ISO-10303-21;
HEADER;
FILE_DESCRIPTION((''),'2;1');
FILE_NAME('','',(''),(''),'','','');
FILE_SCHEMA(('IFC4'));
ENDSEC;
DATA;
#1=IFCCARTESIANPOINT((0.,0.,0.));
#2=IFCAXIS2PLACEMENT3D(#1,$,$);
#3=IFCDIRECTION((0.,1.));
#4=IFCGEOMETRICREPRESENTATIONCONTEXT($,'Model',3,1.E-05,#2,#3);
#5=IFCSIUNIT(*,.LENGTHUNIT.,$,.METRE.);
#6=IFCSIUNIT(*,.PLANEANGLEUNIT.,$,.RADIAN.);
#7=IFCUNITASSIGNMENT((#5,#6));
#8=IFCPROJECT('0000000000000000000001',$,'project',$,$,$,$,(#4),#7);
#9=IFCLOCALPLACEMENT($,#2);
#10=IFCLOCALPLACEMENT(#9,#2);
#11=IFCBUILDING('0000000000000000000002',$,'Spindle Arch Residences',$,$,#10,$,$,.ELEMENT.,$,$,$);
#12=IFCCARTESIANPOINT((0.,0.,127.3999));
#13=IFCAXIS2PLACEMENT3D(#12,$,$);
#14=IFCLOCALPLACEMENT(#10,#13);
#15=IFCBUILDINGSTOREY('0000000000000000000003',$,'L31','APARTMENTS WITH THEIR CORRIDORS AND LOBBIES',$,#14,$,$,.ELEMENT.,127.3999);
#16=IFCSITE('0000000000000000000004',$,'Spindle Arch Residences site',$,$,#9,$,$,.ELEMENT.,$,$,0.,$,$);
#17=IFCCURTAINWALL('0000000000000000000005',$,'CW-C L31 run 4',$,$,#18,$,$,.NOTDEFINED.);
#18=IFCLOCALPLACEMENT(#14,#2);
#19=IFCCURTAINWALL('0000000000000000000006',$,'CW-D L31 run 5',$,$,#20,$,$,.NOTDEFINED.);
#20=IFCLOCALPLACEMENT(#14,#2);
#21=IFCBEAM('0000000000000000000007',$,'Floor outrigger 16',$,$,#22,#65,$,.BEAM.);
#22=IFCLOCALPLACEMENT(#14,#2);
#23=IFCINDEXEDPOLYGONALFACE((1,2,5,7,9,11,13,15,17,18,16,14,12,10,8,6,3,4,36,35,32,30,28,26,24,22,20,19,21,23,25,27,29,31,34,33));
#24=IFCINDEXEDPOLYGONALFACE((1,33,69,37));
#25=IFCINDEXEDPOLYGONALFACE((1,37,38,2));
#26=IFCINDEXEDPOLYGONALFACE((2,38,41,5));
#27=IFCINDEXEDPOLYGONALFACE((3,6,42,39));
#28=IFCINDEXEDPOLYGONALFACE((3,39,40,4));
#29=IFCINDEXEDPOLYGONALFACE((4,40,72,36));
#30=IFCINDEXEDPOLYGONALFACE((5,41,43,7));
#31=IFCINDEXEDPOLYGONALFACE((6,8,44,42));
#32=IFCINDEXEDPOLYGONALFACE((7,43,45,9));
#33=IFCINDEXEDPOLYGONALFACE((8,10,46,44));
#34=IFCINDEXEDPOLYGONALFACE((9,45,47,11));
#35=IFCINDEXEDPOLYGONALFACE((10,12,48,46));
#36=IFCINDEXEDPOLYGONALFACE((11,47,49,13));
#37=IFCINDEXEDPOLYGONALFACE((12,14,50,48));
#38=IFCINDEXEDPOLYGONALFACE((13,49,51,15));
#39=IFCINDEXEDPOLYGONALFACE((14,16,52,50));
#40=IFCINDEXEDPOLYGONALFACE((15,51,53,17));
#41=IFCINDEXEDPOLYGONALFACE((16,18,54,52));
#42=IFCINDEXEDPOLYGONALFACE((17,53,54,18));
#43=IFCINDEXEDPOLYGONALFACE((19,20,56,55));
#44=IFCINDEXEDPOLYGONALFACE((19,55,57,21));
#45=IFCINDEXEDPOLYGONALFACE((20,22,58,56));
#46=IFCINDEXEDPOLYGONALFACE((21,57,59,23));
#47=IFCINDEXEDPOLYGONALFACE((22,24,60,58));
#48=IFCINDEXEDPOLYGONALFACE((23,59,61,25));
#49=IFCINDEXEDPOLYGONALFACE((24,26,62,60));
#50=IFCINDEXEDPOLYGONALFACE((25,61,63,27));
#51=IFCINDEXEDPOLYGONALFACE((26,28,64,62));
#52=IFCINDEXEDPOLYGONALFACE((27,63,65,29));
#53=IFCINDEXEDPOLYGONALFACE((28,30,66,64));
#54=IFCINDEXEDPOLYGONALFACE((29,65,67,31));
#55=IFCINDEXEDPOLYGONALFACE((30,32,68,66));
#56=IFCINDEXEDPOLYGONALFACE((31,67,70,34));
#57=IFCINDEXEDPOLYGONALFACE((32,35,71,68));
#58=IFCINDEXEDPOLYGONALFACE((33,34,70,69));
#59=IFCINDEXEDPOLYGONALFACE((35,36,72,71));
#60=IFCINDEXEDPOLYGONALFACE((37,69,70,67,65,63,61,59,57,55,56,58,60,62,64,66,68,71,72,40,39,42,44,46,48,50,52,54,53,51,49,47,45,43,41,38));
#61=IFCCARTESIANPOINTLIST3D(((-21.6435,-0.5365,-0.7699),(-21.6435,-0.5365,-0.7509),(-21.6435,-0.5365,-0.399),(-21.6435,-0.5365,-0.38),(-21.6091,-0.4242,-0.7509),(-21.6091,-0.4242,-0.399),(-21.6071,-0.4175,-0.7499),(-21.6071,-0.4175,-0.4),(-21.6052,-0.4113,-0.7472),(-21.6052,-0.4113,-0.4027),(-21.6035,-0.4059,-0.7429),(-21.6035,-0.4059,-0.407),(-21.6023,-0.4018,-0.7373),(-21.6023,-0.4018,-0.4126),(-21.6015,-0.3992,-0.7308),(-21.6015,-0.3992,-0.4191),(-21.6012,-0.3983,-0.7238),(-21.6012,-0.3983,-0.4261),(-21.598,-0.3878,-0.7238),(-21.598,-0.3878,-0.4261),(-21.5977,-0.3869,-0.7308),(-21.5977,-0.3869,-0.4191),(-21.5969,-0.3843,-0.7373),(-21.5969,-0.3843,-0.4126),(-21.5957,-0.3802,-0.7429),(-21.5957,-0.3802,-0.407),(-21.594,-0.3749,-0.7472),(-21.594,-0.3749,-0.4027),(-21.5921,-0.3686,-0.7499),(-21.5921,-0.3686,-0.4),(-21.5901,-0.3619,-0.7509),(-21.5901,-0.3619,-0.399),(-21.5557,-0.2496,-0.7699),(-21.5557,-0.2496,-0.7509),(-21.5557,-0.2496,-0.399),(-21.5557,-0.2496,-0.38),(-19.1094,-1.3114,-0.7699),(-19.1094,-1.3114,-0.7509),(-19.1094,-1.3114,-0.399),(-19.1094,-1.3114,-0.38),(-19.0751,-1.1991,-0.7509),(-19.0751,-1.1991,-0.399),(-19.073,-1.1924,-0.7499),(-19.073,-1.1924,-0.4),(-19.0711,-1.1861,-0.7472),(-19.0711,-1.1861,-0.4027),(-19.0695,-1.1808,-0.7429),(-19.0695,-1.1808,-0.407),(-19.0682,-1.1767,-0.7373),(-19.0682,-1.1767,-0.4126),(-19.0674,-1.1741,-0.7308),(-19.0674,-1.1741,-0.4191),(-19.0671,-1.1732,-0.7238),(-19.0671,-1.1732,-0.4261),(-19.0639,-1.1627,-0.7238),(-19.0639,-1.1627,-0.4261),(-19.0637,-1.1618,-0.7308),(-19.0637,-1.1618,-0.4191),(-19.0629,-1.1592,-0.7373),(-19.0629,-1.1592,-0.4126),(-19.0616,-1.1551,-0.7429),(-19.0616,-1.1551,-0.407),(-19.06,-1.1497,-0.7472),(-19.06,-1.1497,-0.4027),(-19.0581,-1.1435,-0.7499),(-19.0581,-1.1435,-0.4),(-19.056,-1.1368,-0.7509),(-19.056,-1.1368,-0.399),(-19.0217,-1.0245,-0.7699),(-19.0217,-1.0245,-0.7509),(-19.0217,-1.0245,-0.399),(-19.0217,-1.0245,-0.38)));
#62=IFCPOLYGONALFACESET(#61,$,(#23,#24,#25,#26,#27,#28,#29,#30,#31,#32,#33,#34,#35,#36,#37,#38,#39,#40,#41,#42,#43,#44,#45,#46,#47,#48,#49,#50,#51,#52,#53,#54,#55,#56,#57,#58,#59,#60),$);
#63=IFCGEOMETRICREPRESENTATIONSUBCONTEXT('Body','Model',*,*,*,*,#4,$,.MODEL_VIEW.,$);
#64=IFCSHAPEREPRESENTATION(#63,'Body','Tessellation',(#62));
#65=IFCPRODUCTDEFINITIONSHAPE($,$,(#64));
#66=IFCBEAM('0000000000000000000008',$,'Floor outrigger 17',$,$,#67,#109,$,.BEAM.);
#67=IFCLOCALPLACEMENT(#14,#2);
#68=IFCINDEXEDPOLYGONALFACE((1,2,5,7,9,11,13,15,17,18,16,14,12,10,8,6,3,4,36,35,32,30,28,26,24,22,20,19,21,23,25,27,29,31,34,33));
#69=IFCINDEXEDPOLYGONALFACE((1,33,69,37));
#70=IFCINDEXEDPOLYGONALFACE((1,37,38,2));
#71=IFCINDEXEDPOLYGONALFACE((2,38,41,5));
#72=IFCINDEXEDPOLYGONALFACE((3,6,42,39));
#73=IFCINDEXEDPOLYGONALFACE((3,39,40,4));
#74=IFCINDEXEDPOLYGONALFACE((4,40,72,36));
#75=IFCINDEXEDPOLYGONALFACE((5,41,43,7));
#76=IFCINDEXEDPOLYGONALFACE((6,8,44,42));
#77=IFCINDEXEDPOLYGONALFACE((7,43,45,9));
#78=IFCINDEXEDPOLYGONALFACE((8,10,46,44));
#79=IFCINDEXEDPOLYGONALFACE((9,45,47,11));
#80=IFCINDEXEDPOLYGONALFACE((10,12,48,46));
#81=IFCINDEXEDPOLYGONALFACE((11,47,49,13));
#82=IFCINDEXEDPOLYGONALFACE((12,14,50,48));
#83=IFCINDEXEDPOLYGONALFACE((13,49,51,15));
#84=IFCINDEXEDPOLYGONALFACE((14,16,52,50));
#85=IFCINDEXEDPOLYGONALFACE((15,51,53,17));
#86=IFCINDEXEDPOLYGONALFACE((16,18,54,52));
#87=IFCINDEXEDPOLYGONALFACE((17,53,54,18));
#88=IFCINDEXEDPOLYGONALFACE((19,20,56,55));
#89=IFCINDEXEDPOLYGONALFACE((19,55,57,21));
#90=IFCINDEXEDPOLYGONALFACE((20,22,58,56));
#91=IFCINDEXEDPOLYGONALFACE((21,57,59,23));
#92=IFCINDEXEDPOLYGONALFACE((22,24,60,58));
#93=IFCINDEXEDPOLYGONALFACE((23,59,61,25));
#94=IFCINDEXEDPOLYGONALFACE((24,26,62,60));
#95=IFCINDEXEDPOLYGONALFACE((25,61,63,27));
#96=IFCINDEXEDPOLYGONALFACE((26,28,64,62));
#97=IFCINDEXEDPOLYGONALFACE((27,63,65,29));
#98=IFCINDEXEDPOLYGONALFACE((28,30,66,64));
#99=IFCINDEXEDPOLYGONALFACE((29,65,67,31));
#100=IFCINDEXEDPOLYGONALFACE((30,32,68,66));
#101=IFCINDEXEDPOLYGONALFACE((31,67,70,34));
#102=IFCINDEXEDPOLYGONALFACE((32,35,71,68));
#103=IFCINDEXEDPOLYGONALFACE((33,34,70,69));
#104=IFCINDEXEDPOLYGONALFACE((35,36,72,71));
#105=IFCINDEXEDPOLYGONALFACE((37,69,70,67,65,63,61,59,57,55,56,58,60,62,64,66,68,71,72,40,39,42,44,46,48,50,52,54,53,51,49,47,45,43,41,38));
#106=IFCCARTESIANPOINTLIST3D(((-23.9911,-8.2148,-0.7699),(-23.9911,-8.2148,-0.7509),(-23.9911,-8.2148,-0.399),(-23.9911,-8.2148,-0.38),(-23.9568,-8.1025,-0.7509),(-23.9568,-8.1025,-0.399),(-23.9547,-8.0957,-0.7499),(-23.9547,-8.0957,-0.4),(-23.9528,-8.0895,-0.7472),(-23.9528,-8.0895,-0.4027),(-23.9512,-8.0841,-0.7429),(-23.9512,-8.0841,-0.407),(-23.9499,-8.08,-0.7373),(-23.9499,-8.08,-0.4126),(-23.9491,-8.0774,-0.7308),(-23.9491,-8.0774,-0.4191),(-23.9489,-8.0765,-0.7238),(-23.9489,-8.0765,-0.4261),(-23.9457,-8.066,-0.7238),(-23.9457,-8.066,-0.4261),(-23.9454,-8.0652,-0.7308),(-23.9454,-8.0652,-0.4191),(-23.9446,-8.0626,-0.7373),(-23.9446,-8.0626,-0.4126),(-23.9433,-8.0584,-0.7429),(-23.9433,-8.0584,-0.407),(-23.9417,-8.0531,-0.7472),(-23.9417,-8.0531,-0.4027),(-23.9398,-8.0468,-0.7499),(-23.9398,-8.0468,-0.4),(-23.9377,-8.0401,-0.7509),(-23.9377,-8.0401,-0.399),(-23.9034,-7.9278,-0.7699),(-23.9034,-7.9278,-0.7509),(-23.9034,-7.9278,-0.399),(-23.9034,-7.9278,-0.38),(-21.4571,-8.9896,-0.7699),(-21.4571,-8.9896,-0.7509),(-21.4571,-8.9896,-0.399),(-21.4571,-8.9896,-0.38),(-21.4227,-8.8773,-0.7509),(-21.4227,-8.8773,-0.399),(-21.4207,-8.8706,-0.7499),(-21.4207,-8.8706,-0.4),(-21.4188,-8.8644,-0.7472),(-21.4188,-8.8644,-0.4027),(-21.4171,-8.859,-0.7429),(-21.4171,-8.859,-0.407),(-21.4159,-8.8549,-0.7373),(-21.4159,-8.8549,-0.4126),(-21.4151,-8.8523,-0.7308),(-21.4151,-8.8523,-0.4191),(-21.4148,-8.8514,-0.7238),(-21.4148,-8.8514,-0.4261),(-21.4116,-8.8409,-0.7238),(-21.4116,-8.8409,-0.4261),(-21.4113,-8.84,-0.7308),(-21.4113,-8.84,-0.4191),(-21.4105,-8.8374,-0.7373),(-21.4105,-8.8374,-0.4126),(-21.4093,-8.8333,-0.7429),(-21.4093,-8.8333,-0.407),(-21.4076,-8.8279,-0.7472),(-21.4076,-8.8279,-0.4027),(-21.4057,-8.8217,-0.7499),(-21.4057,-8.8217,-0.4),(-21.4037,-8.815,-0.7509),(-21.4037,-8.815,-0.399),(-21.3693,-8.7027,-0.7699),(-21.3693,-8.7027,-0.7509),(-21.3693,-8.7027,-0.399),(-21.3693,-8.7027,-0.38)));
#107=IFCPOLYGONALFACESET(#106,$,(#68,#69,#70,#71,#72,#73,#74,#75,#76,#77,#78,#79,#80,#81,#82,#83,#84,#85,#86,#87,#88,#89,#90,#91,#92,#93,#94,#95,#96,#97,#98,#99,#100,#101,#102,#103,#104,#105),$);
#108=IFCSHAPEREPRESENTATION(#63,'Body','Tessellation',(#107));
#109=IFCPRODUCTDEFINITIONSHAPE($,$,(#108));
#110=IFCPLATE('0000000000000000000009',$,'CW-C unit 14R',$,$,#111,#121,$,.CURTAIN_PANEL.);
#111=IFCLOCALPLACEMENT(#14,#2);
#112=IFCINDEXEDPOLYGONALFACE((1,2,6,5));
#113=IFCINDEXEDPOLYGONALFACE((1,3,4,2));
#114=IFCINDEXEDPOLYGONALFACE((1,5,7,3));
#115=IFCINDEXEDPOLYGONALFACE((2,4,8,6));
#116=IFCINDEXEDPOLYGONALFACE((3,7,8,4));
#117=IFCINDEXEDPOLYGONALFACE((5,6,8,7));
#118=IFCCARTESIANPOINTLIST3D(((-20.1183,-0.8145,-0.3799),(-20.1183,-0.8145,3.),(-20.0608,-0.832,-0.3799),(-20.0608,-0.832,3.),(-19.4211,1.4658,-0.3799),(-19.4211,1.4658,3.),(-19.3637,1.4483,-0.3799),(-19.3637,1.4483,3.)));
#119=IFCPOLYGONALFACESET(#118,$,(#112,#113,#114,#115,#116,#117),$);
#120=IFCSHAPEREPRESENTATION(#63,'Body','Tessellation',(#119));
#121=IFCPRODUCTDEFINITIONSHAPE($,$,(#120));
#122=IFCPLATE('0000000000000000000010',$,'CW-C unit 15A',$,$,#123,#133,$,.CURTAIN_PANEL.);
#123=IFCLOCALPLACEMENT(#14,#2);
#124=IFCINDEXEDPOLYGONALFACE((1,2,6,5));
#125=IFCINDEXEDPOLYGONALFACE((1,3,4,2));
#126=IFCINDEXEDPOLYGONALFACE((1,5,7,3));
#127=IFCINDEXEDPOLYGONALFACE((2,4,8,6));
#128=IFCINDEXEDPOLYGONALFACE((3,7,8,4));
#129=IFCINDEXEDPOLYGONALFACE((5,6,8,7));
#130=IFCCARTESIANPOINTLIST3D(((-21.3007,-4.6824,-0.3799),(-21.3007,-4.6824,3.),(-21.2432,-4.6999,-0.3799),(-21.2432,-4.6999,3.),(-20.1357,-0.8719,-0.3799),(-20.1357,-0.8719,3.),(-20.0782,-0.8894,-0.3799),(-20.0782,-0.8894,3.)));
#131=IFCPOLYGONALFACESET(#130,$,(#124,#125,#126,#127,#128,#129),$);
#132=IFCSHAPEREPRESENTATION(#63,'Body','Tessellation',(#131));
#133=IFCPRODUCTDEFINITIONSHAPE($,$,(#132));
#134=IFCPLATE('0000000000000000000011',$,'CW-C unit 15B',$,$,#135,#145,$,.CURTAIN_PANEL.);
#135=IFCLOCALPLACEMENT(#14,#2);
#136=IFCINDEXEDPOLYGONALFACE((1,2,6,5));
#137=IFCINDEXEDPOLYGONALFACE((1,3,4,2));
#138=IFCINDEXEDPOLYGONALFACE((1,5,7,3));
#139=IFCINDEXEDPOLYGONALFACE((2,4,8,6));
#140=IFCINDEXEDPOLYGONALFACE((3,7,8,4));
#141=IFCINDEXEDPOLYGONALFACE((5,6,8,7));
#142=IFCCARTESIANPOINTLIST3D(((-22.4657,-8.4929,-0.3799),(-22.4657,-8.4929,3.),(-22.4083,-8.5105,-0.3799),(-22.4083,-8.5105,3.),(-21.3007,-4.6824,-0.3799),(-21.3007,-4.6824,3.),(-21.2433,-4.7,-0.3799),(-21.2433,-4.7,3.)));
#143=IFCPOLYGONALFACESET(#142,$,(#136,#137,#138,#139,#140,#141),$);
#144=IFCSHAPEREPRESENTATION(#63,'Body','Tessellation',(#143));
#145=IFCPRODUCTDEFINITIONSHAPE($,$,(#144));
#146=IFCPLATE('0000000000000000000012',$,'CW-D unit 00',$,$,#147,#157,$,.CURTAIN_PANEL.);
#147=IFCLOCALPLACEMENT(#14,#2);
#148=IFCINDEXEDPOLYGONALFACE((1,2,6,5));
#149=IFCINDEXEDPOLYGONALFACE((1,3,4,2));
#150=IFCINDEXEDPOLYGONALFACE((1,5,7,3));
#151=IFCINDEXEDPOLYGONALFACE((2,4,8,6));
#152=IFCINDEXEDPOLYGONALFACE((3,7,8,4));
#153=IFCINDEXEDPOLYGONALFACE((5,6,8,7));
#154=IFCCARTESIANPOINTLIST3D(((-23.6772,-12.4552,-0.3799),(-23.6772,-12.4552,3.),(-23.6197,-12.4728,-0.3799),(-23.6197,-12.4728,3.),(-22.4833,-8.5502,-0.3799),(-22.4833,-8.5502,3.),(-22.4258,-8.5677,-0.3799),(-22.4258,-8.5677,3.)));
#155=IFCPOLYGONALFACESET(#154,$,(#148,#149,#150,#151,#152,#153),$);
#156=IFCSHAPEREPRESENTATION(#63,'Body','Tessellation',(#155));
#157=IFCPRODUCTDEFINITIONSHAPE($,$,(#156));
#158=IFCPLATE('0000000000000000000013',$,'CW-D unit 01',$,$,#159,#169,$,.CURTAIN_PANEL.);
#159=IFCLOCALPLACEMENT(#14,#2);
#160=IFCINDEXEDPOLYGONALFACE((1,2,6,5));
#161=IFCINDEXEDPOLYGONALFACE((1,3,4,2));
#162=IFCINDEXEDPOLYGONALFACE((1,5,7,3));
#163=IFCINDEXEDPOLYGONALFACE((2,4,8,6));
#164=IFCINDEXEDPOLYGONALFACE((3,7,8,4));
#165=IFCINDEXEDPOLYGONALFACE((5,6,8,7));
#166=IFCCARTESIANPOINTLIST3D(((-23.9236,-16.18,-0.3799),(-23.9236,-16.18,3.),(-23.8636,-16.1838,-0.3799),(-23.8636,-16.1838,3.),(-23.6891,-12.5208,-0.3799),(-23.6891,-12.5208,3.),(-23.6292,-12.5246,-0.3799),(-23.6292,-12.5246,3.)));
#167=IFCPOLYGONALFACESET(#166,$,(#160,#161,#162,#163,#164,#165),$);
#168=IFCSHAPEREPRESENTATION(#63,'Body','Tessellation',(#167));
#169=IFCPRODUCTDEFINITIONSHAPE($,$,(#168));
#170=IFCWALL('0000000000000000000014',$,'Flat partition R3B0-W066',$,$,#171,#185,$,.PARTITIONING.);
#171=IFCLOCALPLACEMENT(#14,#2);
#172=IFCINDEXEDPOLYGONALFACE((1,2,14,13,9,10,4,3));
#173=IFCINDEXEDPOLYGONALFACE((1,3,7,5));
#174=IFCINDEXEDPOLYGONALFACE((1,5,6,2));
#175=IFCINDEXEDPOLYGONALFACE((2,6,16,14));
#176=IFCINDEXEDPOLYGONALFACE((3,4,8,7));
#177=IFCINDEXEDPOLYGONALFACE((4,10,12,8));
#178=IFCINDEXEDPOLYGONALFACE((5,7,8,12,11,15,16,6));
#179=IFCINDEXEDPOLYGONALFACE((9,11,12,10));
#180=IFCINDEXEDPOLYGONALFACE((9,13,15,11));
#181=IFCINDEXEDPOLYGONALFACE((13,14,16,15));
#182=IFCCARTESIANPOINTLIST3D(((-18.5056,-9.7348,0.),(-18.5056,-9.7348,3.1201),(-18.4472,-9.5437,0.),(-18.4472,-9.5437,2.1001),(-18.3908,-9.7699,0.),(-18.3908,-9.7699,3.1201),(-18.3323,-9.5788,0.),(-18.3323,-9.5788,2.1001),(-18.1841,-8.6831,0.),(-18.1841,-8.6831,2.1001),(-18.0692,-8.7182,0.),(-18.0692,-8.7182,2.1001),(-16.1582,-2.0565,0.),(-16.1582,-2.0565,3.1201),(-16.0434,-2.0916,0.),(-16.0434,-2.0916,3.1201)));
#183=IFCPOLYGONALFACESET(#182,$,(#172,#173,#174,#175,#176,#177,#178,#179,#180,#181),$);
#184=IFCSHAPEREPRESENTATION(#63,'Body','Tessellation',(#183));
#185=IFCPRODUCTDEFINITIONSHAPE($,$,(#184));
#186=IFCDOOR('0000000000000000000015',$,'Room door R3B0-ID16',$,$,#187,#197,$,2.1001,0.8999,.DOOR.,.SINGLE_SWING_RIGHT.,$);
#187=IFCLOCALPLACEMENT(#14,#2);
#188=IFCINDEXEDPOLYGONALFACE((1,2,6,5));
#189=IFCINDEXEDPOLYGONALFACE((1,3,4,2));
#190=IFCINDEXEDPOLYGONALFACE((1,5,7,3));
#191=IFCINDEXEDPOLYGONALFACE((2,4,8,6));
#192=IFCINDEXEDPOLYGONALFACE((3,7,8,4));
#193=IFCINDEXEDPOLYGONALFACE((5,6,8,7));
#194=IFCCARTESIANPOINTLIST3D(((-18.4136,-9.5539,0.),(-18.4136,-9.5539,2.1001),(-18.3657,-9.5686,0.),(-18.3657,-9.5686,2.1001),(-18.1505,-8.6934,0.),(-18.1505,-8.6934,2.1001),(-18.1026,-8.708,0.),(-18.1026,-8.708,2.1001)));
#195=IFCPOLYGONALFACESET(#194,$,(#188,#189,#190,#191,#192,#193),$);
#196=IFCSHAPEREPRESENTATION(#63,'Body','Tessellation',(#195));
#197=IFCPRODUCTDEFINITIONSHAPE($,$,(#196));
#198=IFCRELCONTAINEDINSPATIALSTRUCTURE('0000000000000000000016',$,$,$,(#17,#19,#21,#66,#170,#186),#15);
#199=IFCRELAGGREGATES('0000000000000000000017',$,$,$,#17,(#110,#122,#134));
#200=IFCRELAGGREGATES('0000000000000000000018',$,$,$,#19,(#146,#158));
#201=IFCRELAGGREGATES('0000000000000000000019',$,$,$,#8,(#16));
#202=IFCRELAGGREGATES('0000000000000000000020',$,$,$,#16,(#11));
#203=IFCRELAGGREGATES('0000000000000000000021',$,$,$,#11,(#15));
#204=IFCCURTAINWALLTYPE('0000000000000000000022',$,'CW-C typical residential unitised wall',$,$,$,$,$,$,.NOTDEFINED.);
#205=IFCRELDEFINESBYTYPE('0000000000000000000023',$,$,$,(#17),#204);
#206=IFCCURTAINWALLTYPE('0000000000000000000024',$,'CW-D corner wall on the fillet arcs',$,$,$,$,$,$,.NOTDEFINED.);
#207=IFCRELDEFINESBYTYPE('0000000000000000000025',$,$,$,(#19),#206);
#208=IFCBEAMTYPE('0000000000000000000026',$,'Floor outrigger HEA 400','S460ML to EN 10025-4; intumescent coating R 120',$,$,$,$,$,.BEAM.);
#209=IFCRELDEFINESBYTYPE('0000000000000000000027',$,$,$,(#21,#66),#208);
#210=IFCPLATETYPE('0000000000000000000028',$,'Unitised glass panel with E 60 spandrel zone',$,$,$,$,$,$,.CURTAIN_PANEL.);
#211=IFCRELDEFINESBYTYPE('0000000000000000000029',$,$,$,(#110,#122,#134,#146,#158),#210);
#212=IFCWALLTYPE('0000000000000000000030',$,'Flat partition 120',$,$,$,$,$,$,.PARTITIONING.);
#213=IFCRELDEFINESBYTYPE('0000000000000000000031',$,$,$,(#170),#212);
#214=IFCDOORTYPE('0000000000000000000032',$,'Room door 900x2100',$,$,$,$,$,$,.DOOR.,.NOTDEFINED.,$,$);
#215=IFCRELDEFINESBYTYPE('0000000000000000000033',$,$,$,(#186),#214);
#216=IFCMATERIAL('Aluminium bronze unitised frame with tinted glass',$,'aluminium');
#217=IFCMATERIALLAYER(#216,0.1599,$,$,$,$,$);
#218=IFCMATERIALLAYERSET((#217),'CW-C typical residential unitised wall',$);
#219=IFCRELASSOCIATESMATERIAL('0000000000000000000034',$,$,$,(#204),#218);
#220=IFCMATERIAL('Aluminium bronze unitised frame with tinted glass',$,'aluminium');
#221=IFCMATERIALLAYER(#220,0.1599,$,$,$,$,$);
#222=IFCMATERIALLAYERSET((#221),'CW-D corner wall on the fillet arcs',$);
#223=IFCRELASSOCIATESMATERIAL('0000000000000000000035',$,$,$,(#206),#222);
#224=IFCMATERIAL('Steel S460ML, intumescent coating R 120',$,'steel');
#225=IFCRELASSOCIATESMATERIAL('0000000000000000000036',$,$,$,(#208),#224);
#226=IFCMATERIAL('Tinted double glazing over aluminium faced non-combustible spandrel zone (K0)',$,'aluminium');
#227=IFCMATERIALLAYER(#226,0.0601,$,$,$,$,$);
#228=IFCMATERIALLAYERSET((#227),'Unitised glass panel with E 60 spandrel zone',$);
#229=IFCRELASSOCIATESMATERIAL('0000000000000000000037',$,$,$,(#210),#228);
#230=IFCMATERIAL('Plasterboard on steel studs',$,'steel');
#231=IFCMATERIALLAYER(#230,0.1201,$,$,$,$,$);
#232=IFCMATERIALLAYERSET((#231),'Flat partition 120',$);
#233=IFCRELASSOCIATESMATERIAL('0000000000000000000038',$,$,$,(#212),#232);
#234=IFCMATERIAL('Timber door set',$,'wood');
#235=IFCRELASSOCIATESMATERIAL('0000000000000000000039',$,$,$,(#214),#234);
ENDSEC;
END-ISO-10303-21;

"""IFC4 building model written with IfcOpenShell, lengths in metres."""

from ifc_helpers import new_model, si_unit, direction, frame, frame_2d, origin, origin_2d, place, context, subcontext, project, spatial, rectangle, i_section, extrude, material, layer, layer_set, material_profile, profile_set, type_object, element, fill, aggregate, save


model = new_model("IFC4")

# Units and contexts
model_context = context("Model", 3, precision=1e-05, world=origin(), true_north=direction((0.0, 1.0)))
body_context = subcontext(model_context, "Body", "Model", "MODEL_VIEW")
ifc_project = project(units=[si_unit("LENGTHUNIT", "METRE"), si_unit("PLANEANGLEUNIT", "RADIAN")], contexts=[model_context])

# Site, building, storey
site_placement = place(None, origin())
site = spatial("IfcSite", under=ifc_project, at=site_placement, Name="Spindle Arch Residences site", CompositionType="ELEMENT", RefElevation=0.0)
building_placement = place(site_placement, origin())
building = spatial("IfcBuilding", under=site, at=building_placement, Name="Spindle Arch Residences", CompositionType="ELEMENT")
storey_placement = place(building_placement, frame((0.0, 0.0, 127.3999)))
storey = spatial("IfcBuildingStorey", under=building, at=storey_placement, Name="L31", Description="APARTMENTS WITH THEIR CORRIDORS AND LOBBIES", CompositionType="ELEMENT", Elevation=127.3999)

# Curtain wall
ifc_material_1 = material(Name="Aluminium bronze unitised frame with tinted glass", Category="aluminium")
ifc_layer_1 = layer(ifc_material_1, 0.1599)
ifc_layer_set_1 = layer_set([ifc_layer_1], Name="CW-C typical residential unitised wall")
curtain_wall_type_1 = type_object("IfcCurtainWallType", Name="CW-C typical residential unitised wall", PredefinedType="NOTDEFINED", material=ifc_layer_set_1)
curtain_wall_1_placement = place(storey_placement, origin())
curtain_wall_1 = element("IfcCurtainWall", 1, at=curtain_wall_1_placement, inside=storey, type_object=curtain_wall_type_1, Name="CW-C L31 run 4", PredefinedType="NOTDEFINED")

# Curtain wall
ifc_material_2 = material(Name="Aluminium bronze unitised frame with tinted glass", Category="aluminium")
ifc_layer_2 = layer(ifc_material_2, 0.1599)
ifc_layer_set_2 = layer_set([ifc_layer_2], Name="CW-D corner wall on the fillet arcs")
curtain_wall_type_2 = type_object("IfcCurtainWallType", Name="CW-D corner wall on the fillet arcs", PredefinedType="NOTDEFINED", material=ifc_layer_set_2)
curtain_wall_2_placement = place(storey_placement, origin())
curtain_wall_2 = element("IfcCurtainWall", 2, at=curtain_wall_2_placement, inside=storey, type_object=curtain_wall_type_2, Name="CW-D L31 run 5", PredefinedType="NOTDEFINED")

# Beams
ifc_material_3 = material(Name="Steel S460ML, intumescent coating R 120", Category="steel")
ifc_material_profile_1 = material_profile(ifc_material_3, i_section(OverallWidth=0.3, OverallDepth=0.3899, WebThickness=0.011, FlangeThickness=0.019, FilletRadius=0.0271, at=origin_2d()), Name="HEA 400")
ifc_profile_set_1 = profile_set([ifc_material_profile_1], Name="Steel S460ML, intumescent coating R 120")
beam_type_1 = type_object("IfcBeamType", Name="Floor outrigger HEA 400", Description="S460ML to EN 10025-4; intumescent coating R 120", PredefinedType="BEAM", material=ifc_profile_set_1)
for number, where, z_axis, x_axis, name in (
    (3, (-21.5996, -0.3931, -0.575), (0.956291, -0.292415, 0.0), (0.292415, 0.956291, 0.0), "Floor outrigger 16"),
    (4, (-23.9473, -8.0713, -0.575), (0.956291, -0.292415, 0.0), (0.292415, 0.956291, 0.0), "Floor outrigger 17"),
):
    element("IfcBeam", number, at=place(storey_placement, frame(where, z_axis=z_axis, x_axis=x_axis)), inside=storey, type_object=beam_type_1, Name=name, PredefinedType="BEAM", context=body_context, shape_type="SweptSolid", body=[
        extrude(i_section(OverallWidth=0.3, OverallDepth=0.3899, WebThickness=0.011, FlangeThickness=0.019, FilletRadius=0.0271, at=origin_2d()), origin(), (0.0, 0.0, 1.0), 2.6499),
    ])

# Plates
ifc_material_4 = material(Name="Tinted double glazing over aluminium faced non-combustible spandrel zone (K0)", Category="aluminium")
ifc_layer_3 = layer(ifc_material_4, 0.0601)
ifc_layer_set_3 = layer_set([ifc_layer_3], Name="Unitised glass panel with E 60 spandrel zone")
plate_type = type_object("IfcPlateType", Name="Unitised glass panel with E 60 spandrel zone", PredefinedType="CURTAIN_PANEL", material=ifc_layer_set_3)
plate_1_placement = place(storey_placement, frame((-19.741, 0.3169, -0.3799), z_axis=(0.0, 0.0, 1.0), x_axis=(-0.292372, -0.956305, 0.0)))
plate_1 = element("IfcPlate", 5, at=plate_1_placement, type_object=plate_type, Name="CW-C unit 14R", PredefinedType="CURTAIN_PANEL", context=body_context, shape_type="SweptSolid", body=[
    extrude(rectangle(XDim=2.3845, YDim=0.0601, at=origin_2d()), origin(), (0.0, 0.0, 1.0), 3.3799),
])
plate_2_placement = place(storey_placement, frame((-20.6895, -2.7859, -0.3799), z_axis=(0.0, 0.0, 1.0), x_axis=(-0.292372, -0.956305, 0.0)))
plate_2 = element("IfcPlate", 6, at=plate_2_placement, type_object=plate_type, Name="CW-C unit 15A", PredefinedType="CURTAIN_PANEL", context=body_context, shape_type="SweptSolid", body=[
    extrude(rectangle(XDim=3.9846, YDim=0.0601, at=origin_2d()), origin(), (0.0, 0.0, 1.0), 3.3799),
])
plate_3_placement = place(storey_placement, frame((-21.8545, -6.5964, -0.3799), z_axis=(0.0, 0.0, 1.0), x_axis=(-0.292372, -0.956305, 0.0)))
plate_3 = element("IfcPlate", 7, at=plate_3_placement, type_object=plate_type, Name="CW-C unit 15B", PredefinedType="CURTAIN_PANEL", context=body_context, shape_type="SweptSolid", body=[
    extrude(rectangle(XDim=3.9846, YDim=0.0601, at=origin_2d()), origin(), (0.0, 0.0, 1.0), 3.3799),
])
aggregate(curtain_wall_1, [plate_1, plate_2, plate_3])
plate_4_placement = place(storey_placement, frame((-23.0515, -10.5115, -0.3799), z_axis=(0.0, 0.0, 1.0), x_axis=(-0.292372, -0.956305, 0.0)))
plate_4 = element("IfcPlate", 8, at=plate_4_placement, type_object=plate_type, Name="CW-D unit 00", PredefinedType="CURTAIN_PANEL", context=body_context, shape_type="SweptSolid", body=[
    extrude(rectangle(XDim=4.0835, YDim=0.0601, at=origin_2d()), origin(), (0.0, 0.0, 1.0), 3.3799),
])
plate_5_placement = place(storey_placement, frame((-23.7764, -14.3523, -0.3799), z_axis=(0.0, 0.0, 1.0), x_axis=(-0.063952, -0.997953, 0.0)))
plate_5 = element("IfcPlate", 9, at=plate_5_placement, type_object=plate_type, Name="CW-D unit 01", PredefinedType="CURTAIN_PANEL", context=body_context, shape_type="SweptSolid", body=[
    extrude(rectangle(XDim=3.6667, YDim=0.0601, at=origin_2d()), origin(), (0.0, 0.0, 1.0), 3.3799),
])
aggregate(curtain_wall_2, [plate_4, plate_5])

# Wall, opening, door
ifc_material_5 = material(Name="Plasterboard on steel studs", Category="steel")
ifc_layer_4 = layer(ifc_material_5, 0.1201)
ifc_layer_set_4 = layer_set([ifc_layer_4], Name="Flat partition 120")
wall_type_1 = type_object("IfcWallType", Name="Flat partition 120", PredefinedType="PARTITIONING", material=ifc_layer_set_4)
wall_1_placement = place(storey_placement, frame((-18.4482, -9.7524, 0.0), z_axis=(0.0, 0.0, 1.0), x_axis=(0.292365, 0.956307, 0.0)))
wall_1 = element("IfcWall", 10, at=wall_1_placement, inside=storey, type_object=wall_type_1, Name="Flat partition R3B0-W066", PredefinedType="PARTITIONING", context=body_context, shape_type="SweptSolid", body=[
    extrude(rectangle(XDim=8.0291, YDim=0.1201, at=frame_2d((4.0146, 0.0))), origin(), (0.0, 0.0, 1.0), 3.1201),
])
opening_1_placement = place(wall_1_placement, frame((0.2, 0.0, 0.0)))
opening_1 = element("IfcOpeningElement", 11, at=opening_1_placement, cuts=wall_1, PredefinedType="OPENING", context=body_context, shape_type="SweptSolid", body=[
    extrude(rectangle(XDim=0.8999, YDim=2.1001, at=frame_2d((0.45, 1.05))), frame((0.0, 0.0701, 0.0), z_axis=(0.0, -1.0, 0.0), x_axis=(1.0, 0.0, 0.0)), (0.0, 0.0, 1.0), 0.1401),
])
ifc_material_6 = material(Name="Timber door set", Category="wood")
door_type = type_object("IfcDoorType", Name="Room door 900x2100", OperationType="NOTDEFINED", PredefinedType="DOOR", material=ifc_material_6)
door_1_placement = place(opening_1_placement, origin())
door_1 = element("IfcDoor", 12, at=door_1_placement, inside=storey, type_object=door_type, Name="Room door R3B0-ID16", OperationType="SINGLE_SWING_RIGHT", OverallHeight=2.1001, OverallWidth=0.8999, PredefinedType="DOOR", context=body_context, shape_type="SweptSolid", body=[
    extrude(rectangle(XDim=0.8999, YDim=2.1001, at=frame_2d((0.45, 1.05))), frame((0.0, 0.0249, 0.0), z_axis=(0.0, -1.0, 0.0), x_axis=(1.0, 0.0, 0.0)), (0.0, 0.0, 1.0), 0.05),
])
fill(opening_1, door_1)

save(model, "model.ifc")
